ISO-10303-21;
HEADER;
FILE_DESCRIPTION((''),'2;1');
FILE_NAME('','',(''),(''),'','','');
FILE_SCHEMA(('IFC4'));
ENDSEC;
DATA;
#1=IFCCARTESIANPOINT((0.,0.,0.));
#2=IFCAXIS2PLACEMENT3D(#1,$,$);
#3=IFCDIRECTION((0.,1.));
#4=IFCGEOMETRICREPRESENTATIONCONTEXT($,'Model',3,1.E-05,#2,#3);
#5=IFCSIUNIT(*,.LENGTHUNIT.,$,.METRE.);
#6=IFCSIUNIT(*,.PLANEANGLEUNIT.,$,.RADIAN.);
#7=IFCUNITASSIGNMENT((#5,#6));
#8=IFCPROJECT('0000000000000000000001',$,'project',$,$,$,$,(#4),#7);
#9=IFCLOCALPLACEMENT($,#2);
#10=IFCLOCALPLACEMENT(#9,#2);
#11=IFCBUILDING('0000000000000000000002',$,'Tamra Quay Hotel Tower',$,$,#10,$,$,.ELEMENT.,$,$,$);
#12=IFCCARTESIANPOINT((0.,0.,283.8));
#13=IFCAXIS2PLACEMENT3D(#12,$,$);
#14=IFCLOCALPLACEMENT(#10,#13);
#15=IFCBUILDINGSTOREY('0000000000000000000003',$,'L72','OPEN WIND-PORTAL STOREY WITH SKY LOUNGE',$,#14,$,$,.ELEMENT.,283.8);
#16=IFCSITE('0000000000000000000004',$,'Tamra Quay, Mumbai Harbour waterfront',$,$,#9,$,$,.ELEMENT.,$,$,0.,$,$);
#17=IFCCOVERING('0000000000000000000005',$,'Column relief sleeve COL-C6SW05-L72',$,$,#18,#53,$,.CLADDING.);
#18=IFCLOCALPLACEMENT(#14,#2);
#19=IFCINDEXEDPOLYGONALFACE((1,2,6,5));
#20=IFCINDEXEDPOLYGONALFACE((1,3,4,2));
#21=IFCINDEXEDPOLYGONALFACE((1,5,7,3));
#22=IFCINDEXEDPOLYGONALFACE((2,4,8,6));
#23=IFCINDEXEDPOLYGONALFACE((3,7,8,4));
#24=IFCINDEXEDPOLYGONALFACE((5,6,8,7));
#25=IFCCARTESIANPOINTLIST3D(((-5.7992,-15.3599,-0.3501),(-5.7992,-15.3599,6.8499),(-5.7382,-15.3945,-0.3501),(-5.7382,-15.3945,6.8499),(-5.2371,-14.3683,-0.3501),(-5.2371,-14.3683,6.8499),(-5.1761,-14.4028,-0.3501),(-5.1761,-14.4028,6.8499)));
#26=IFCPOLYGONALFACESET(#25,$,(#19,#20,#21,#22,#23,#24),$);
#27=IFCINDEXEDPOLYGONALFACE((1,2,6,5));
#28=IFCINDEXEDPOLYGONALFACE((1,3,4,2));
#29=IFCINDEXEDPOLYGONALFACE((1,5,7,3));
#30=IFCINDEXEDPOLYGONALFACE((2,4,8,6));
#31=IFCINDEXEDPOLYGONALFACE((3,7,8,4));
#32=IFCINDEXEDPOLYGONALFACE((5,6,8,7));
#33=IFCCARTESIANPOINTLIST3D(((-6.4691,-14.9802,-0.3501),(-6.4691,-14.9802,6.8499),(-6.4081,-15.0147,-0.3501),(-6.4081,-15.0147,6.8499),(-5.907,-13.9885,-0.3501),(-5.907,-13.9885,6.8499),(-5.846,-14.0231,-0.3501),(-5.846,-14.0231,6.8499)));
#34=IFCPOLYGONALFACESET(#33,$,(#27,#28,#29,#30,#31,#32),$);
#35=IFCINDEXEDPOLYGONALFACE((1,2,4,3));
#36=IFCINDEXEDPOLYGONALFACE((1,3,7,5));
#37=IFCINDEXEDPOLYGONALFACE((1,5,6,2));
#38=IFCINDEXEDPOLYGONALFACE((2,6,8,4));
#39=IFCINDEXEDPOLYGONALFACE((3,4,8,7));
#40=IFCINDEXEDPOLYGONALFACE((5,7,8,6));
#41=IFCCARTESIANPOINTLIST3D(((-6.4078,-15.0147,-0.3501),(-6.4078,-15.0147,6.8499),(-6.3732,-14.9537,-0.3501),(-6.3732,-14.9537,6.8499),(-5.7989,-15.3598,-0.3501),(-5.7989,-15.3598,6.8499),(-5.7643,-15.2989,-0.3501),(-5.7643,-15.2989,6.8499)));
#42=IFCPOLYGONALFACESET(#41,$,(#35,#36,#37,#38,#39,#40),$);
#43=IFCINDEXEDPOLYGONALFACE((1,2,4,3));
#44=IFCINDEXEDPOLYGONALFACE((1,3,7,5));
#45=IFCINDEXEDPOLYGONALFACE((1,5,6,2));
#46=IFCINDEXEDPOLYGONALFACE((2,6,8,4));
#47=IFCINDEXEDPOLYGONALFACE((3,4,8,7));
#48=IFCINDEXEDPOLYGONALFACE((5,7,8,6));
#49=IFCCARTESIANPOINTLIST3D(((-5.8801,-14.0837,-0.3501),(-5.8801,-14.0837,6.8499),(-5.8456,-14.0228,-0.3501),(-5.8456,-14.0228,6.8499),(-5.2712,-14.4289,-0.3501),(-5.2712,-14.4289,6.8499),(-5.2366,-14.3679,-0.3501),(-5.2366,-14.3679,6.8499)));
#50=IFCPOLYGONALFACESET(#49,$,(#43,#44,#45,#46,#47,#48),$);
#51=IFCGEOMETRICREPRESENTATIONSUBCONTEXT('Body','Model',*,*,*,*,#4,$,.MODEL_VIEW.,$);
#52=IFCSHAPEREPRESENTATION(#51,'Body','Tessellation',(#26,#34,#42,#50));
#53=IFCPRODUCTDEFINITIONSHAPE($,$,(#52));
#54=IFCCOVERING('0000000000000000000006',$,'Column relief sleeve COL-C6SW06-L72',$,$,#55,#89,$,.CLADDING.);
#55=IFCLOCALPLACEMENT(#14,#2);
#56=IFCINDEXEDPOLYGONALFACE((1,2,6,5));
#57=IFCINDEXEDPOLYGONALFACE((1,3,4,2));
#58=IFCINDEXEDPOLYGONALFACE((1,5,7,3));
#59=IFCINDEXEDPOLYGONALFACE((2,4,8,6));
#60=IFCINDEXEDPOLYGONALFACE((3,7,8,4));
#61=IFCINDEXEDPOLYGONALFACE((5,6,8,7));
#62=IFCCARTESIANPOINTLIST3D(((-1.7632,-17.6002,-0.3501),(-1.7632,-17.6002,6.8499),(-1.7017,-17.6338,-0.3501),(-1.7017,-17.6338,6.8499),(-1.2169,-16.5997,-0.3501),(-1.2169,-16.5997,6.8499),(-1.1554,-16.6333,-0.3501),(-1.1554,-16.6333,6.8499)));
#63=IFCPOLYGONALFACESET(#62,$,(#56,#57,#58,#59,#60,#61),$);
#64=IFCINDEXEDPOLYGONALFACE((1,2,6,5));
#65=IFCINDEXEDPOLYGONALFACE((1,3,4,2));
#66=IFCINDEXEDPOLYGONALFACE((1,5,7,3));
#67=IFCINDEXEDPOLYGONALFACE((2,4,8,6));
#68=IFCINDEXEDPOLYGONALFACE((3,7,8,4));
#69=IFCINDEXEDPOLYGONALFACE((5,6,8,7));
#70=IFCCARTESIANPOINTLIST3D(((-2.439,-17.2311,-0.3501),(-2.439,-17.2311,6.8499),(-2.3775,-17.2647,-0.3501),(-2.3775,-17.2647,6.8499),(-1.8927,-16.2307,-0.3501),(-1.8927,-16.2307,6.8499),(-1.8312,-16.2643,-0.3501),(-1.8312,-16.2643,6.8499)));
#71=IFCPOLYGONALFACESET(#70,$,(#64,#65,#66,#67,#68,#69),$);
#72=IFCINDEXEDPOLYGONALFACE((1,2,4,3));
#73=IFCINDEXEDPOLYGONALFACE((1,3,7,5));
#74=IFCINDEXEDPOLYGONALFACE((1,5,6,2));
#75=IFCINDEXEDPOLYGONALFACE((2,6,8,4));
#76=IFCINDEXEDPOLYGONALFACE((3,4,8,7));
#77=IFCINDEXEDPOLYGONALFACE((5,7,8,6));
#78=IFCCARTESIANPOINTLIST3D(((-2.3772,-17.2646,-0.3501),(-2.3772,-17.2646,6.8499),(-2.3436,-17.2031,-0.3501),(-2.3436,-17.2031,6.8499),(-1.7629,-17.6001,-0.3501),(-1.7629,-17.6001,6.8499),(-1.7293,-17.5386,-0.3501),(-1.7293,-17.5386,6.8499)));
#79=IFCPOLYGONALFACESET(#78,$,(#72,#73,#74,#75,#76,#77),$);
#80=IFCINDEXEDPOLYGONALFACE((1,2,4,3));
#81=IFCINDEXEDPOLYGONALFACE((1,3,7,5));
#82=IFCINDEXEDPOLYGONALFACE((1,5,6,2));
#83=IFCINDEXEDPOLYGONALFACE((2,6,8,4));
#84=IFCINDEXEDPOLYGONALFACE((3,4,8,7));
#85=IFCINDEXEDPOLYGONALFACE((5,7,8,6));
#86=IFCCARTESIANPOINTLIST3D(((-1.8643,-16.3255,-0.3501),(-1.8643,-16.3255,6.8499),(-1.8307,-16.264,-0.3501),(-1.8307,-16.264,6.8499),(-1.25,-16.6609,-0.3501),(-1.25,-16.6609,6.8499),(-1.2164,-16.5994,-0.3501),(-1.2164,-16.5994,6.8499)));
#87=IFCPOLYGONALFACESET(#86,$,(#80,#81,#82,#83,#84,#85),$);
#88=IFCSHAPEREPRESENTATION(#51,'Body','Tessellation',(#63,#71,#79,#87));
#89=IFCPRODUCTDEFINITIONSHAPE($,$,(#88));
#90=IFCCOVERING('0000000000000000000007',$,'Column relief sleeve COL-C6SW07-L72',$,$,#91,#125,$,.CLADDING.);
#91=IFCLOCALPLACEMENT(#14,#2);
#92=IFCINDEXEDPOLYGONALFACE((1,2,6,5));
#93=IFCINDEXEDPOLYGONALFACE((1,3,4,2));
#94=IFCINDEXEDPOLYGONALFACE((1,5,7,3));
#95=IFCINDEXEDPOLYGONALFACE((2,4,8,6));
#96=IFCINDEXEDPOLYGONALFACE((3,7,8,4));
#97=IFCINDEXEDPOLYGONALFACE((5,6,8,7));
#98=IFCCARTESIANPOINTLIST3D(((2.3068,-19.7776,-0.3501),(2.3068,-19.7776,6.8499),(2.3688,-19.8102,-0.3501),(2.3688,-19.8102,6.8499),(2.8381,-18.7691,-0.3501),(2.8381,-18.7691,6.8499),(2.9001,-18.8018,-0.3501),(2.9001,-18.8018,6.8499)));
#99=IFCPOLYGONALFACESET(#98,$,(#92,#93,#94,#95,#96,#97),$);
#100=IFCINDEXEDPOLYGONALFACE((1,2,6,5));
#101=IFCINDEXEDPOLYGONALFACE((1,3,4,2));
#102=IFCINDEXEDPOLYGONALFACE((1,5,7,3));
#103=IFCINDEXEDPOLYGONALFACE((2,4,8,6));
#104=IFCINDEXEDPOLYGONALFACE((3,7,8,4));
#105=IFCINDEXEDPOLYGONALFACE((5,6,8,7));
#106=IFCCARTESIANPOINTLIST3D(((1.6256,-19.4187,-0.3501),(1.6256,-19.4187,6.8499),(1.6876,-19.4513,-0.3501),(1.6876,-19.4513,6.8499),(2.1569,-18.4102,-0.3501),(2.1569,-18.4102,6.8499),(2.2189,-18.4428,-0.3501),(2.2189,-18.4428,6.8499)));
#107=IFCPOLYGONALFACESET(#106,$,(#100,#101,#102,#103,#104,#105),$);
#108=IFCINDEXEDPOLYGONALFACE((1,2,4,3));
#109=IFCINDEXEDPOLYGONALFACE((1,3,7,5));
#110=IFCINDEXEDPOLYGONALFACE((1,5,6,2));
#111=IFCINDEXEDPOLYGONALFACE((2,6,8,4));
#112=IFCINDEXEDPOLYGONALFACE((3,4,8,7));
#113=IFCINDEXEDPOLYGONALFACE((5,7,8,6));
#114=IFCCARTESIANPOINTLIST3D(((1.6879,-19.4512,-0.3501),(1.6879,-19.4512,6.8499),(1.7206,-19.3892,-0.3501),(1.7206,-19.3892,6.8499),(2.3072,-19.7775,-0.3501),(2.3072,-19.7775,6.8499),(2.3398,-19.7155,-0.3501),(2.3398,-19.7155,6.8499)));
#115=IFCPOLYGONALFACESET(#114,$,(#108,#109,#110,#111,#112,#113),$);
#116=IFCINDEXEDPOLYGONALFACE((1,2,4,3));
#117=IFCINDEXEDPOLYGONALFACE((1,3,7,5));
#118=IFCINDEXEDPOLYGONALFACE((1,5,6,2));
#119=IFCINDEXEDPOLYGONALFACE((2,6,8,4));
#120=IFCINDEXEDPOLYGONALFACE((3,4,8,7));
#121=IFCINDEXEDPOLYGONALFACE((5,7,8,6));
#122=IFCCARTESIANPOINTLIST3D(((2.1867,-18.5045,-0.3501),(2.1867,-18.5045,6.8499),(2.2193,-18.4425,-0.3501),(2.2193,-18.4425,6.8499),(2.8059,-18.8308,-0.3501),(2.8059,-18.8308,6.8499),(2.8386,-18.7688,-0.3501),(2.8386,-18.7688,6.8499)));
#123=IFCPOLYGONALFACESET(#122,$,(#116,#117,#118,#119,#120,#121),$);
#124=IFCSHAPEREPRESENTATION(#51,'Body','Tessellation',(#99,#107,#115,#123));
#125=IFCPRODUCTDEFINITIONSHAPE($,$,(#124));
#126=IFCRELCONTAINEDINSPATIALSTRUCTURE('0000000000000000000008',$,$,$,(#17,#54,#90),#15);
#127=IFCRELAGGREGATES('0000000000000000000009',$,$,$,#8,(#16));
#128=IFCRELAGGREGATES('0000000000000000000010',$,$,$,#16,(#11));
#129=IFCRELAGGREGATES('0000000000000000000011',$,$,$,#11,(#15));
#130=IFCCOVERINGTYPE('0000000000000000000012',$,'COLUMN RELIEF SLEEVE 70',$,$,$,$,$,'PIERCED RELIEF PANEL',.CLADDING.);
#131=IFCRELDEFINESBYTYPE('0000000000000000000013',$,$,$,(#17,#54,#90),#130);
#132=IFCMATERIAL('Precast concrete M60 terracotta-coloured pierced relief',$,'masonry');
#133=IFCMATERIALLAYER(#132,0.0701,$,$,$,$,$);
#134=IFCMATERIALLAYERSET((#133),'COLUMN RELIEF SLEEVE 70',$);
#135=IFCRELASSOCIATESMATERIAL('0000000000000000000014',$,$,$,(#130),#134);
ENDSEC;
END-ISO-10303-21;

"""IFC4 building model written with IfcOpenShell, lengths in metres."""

from ifc_helpers import new_model, si_unit, direction, frame, frame_2d, origin, place, context, subcontext, project, spatial, rectangle, extrude, source, transform, mapped, material, layer, layer_set, type_object, element, save


model = new_model("IFC4")

# Units and contexts
model_context = context("Model", 3, precision=1e-05, world=origin(), true_north=direction((0.0, 1.0)))
body_context = subcontext(model_context, "Body", "Model", "MODEL_VIEW")
ifc_project = project(units=[si_unit("LENGTHUNIT", "METRE"), si_unit("PLANEANGLEUNIT", "RADIAN")], contexts=[model_context])

# Site, building, storey
site_placement = place(None, origin())
site = spatial("IfcSite", under=ifc_project, at=site_placement, Name="Tamra Quay, Mumbai Harbour waterfront", CompositionType="ELEMENT", RefElevation=0.0)
building_placement = place(site_placement, origin())
building = spatial("IfcBuilding", under=site, at=building_placement, Name="Tamra Quay Hotel Tower", CompositionType="ELEMENT")
storey_placement = place(building_placement, frame((0.0, 0.0, 283.8)))
storey = spatial("IfcBuildingStorey", under=building, at=storey_placement, Name="L72", Description="OPEN WIND-PORTAL STOREY WITH SKY LOUNGE", CompositionType="ELEMENT", Elevation=283.8)

# Coverings
ifc_material_1 = material(Name="Precast concrete M60 terracotta-coloured pierced relief", Category="masonry")
ifc_layer_1 = layer(ifc_material_1, 0.0701)
ifc_layer_set_1 = layer_set([ifc_layer_1], Name="COLUMN RELIEF SLEEVE 70")
covering_type = type_object("IfcCoveringType", Name="COLUMN RELIEF SLEEVE 70", ElementType="PIERCED RELIEF PANEL", PredefinedType="CLADDING", material=ifc_layer_set_1)
shared_shape = source(origin(), body_context, "Body", "SweptSolid", [
    extrude(rectangle(XDim=1.1399, YDim=0.0701, at=frame_2d((0.5698, 0.0352))), frame((-0.5701, -0.4199, 0.0)), (0.0, 0.0, 1.0), 7.2),
    extrude(rectangle(XDim=1.1399, YDim=0.0701, at=frame_2d((0.5698, 0.0352))), frame((-0.5701, 0.3501, 0.0)), (0.0, 0.0, 1.0), 7.2),
    extrude(rectangle(XDim=0.0701, YDim=0.7, at=frame_2d((0.0352, 0.3501))), frame((-0.5701, -0.3501, 0.0)), (0.0, 0.0, 1.0), 7.2),
    extrude(rectangle(XDim=0.0701, YDim=0.7, at=frame_2d((0.0352, 0.3501))), frame((0.5, -0.3501, 0.0)), (0.0, 0.0, 1.0), 7.2),
])
for number, where, z_axis, x_axis, name in (
    (1, (-5.8223, -14.6914, -0.3501), (0.0, 0.0, 1.0), (0.493125, 0.869958, 0.0), "Column relief sleeve COL-C6SW05-L72"),
    (2, (-1.7969, -16.9321, -0.3501), (0.0, 0.0, 1.0), (0.479288, 0.877658, 0.0), "Column relief sleeve COL-C6SW06-L72"),
    (3, (2.2632, -19.1101, -0.3501), (0.0, 0.0, 1.0), (0.466118, 0.884723, 0.0), "Column relief sleeve COL-C6SW07-L72"),
):
    element("IfcCovering", number, at=place(storey_placement, frame(where, z_axis=z_axis, x_axis=x_axis)), inside=storey, type_object=covering_type, Name=name, PredefinedType="CLADDING", context=body_context, shape_type="MappedRepresentation", body=[
        mapped(shared_shape, transform((0.0, 0.0, 0.0), scale=1.0)),
    ])

save(model, "model.ifc")
